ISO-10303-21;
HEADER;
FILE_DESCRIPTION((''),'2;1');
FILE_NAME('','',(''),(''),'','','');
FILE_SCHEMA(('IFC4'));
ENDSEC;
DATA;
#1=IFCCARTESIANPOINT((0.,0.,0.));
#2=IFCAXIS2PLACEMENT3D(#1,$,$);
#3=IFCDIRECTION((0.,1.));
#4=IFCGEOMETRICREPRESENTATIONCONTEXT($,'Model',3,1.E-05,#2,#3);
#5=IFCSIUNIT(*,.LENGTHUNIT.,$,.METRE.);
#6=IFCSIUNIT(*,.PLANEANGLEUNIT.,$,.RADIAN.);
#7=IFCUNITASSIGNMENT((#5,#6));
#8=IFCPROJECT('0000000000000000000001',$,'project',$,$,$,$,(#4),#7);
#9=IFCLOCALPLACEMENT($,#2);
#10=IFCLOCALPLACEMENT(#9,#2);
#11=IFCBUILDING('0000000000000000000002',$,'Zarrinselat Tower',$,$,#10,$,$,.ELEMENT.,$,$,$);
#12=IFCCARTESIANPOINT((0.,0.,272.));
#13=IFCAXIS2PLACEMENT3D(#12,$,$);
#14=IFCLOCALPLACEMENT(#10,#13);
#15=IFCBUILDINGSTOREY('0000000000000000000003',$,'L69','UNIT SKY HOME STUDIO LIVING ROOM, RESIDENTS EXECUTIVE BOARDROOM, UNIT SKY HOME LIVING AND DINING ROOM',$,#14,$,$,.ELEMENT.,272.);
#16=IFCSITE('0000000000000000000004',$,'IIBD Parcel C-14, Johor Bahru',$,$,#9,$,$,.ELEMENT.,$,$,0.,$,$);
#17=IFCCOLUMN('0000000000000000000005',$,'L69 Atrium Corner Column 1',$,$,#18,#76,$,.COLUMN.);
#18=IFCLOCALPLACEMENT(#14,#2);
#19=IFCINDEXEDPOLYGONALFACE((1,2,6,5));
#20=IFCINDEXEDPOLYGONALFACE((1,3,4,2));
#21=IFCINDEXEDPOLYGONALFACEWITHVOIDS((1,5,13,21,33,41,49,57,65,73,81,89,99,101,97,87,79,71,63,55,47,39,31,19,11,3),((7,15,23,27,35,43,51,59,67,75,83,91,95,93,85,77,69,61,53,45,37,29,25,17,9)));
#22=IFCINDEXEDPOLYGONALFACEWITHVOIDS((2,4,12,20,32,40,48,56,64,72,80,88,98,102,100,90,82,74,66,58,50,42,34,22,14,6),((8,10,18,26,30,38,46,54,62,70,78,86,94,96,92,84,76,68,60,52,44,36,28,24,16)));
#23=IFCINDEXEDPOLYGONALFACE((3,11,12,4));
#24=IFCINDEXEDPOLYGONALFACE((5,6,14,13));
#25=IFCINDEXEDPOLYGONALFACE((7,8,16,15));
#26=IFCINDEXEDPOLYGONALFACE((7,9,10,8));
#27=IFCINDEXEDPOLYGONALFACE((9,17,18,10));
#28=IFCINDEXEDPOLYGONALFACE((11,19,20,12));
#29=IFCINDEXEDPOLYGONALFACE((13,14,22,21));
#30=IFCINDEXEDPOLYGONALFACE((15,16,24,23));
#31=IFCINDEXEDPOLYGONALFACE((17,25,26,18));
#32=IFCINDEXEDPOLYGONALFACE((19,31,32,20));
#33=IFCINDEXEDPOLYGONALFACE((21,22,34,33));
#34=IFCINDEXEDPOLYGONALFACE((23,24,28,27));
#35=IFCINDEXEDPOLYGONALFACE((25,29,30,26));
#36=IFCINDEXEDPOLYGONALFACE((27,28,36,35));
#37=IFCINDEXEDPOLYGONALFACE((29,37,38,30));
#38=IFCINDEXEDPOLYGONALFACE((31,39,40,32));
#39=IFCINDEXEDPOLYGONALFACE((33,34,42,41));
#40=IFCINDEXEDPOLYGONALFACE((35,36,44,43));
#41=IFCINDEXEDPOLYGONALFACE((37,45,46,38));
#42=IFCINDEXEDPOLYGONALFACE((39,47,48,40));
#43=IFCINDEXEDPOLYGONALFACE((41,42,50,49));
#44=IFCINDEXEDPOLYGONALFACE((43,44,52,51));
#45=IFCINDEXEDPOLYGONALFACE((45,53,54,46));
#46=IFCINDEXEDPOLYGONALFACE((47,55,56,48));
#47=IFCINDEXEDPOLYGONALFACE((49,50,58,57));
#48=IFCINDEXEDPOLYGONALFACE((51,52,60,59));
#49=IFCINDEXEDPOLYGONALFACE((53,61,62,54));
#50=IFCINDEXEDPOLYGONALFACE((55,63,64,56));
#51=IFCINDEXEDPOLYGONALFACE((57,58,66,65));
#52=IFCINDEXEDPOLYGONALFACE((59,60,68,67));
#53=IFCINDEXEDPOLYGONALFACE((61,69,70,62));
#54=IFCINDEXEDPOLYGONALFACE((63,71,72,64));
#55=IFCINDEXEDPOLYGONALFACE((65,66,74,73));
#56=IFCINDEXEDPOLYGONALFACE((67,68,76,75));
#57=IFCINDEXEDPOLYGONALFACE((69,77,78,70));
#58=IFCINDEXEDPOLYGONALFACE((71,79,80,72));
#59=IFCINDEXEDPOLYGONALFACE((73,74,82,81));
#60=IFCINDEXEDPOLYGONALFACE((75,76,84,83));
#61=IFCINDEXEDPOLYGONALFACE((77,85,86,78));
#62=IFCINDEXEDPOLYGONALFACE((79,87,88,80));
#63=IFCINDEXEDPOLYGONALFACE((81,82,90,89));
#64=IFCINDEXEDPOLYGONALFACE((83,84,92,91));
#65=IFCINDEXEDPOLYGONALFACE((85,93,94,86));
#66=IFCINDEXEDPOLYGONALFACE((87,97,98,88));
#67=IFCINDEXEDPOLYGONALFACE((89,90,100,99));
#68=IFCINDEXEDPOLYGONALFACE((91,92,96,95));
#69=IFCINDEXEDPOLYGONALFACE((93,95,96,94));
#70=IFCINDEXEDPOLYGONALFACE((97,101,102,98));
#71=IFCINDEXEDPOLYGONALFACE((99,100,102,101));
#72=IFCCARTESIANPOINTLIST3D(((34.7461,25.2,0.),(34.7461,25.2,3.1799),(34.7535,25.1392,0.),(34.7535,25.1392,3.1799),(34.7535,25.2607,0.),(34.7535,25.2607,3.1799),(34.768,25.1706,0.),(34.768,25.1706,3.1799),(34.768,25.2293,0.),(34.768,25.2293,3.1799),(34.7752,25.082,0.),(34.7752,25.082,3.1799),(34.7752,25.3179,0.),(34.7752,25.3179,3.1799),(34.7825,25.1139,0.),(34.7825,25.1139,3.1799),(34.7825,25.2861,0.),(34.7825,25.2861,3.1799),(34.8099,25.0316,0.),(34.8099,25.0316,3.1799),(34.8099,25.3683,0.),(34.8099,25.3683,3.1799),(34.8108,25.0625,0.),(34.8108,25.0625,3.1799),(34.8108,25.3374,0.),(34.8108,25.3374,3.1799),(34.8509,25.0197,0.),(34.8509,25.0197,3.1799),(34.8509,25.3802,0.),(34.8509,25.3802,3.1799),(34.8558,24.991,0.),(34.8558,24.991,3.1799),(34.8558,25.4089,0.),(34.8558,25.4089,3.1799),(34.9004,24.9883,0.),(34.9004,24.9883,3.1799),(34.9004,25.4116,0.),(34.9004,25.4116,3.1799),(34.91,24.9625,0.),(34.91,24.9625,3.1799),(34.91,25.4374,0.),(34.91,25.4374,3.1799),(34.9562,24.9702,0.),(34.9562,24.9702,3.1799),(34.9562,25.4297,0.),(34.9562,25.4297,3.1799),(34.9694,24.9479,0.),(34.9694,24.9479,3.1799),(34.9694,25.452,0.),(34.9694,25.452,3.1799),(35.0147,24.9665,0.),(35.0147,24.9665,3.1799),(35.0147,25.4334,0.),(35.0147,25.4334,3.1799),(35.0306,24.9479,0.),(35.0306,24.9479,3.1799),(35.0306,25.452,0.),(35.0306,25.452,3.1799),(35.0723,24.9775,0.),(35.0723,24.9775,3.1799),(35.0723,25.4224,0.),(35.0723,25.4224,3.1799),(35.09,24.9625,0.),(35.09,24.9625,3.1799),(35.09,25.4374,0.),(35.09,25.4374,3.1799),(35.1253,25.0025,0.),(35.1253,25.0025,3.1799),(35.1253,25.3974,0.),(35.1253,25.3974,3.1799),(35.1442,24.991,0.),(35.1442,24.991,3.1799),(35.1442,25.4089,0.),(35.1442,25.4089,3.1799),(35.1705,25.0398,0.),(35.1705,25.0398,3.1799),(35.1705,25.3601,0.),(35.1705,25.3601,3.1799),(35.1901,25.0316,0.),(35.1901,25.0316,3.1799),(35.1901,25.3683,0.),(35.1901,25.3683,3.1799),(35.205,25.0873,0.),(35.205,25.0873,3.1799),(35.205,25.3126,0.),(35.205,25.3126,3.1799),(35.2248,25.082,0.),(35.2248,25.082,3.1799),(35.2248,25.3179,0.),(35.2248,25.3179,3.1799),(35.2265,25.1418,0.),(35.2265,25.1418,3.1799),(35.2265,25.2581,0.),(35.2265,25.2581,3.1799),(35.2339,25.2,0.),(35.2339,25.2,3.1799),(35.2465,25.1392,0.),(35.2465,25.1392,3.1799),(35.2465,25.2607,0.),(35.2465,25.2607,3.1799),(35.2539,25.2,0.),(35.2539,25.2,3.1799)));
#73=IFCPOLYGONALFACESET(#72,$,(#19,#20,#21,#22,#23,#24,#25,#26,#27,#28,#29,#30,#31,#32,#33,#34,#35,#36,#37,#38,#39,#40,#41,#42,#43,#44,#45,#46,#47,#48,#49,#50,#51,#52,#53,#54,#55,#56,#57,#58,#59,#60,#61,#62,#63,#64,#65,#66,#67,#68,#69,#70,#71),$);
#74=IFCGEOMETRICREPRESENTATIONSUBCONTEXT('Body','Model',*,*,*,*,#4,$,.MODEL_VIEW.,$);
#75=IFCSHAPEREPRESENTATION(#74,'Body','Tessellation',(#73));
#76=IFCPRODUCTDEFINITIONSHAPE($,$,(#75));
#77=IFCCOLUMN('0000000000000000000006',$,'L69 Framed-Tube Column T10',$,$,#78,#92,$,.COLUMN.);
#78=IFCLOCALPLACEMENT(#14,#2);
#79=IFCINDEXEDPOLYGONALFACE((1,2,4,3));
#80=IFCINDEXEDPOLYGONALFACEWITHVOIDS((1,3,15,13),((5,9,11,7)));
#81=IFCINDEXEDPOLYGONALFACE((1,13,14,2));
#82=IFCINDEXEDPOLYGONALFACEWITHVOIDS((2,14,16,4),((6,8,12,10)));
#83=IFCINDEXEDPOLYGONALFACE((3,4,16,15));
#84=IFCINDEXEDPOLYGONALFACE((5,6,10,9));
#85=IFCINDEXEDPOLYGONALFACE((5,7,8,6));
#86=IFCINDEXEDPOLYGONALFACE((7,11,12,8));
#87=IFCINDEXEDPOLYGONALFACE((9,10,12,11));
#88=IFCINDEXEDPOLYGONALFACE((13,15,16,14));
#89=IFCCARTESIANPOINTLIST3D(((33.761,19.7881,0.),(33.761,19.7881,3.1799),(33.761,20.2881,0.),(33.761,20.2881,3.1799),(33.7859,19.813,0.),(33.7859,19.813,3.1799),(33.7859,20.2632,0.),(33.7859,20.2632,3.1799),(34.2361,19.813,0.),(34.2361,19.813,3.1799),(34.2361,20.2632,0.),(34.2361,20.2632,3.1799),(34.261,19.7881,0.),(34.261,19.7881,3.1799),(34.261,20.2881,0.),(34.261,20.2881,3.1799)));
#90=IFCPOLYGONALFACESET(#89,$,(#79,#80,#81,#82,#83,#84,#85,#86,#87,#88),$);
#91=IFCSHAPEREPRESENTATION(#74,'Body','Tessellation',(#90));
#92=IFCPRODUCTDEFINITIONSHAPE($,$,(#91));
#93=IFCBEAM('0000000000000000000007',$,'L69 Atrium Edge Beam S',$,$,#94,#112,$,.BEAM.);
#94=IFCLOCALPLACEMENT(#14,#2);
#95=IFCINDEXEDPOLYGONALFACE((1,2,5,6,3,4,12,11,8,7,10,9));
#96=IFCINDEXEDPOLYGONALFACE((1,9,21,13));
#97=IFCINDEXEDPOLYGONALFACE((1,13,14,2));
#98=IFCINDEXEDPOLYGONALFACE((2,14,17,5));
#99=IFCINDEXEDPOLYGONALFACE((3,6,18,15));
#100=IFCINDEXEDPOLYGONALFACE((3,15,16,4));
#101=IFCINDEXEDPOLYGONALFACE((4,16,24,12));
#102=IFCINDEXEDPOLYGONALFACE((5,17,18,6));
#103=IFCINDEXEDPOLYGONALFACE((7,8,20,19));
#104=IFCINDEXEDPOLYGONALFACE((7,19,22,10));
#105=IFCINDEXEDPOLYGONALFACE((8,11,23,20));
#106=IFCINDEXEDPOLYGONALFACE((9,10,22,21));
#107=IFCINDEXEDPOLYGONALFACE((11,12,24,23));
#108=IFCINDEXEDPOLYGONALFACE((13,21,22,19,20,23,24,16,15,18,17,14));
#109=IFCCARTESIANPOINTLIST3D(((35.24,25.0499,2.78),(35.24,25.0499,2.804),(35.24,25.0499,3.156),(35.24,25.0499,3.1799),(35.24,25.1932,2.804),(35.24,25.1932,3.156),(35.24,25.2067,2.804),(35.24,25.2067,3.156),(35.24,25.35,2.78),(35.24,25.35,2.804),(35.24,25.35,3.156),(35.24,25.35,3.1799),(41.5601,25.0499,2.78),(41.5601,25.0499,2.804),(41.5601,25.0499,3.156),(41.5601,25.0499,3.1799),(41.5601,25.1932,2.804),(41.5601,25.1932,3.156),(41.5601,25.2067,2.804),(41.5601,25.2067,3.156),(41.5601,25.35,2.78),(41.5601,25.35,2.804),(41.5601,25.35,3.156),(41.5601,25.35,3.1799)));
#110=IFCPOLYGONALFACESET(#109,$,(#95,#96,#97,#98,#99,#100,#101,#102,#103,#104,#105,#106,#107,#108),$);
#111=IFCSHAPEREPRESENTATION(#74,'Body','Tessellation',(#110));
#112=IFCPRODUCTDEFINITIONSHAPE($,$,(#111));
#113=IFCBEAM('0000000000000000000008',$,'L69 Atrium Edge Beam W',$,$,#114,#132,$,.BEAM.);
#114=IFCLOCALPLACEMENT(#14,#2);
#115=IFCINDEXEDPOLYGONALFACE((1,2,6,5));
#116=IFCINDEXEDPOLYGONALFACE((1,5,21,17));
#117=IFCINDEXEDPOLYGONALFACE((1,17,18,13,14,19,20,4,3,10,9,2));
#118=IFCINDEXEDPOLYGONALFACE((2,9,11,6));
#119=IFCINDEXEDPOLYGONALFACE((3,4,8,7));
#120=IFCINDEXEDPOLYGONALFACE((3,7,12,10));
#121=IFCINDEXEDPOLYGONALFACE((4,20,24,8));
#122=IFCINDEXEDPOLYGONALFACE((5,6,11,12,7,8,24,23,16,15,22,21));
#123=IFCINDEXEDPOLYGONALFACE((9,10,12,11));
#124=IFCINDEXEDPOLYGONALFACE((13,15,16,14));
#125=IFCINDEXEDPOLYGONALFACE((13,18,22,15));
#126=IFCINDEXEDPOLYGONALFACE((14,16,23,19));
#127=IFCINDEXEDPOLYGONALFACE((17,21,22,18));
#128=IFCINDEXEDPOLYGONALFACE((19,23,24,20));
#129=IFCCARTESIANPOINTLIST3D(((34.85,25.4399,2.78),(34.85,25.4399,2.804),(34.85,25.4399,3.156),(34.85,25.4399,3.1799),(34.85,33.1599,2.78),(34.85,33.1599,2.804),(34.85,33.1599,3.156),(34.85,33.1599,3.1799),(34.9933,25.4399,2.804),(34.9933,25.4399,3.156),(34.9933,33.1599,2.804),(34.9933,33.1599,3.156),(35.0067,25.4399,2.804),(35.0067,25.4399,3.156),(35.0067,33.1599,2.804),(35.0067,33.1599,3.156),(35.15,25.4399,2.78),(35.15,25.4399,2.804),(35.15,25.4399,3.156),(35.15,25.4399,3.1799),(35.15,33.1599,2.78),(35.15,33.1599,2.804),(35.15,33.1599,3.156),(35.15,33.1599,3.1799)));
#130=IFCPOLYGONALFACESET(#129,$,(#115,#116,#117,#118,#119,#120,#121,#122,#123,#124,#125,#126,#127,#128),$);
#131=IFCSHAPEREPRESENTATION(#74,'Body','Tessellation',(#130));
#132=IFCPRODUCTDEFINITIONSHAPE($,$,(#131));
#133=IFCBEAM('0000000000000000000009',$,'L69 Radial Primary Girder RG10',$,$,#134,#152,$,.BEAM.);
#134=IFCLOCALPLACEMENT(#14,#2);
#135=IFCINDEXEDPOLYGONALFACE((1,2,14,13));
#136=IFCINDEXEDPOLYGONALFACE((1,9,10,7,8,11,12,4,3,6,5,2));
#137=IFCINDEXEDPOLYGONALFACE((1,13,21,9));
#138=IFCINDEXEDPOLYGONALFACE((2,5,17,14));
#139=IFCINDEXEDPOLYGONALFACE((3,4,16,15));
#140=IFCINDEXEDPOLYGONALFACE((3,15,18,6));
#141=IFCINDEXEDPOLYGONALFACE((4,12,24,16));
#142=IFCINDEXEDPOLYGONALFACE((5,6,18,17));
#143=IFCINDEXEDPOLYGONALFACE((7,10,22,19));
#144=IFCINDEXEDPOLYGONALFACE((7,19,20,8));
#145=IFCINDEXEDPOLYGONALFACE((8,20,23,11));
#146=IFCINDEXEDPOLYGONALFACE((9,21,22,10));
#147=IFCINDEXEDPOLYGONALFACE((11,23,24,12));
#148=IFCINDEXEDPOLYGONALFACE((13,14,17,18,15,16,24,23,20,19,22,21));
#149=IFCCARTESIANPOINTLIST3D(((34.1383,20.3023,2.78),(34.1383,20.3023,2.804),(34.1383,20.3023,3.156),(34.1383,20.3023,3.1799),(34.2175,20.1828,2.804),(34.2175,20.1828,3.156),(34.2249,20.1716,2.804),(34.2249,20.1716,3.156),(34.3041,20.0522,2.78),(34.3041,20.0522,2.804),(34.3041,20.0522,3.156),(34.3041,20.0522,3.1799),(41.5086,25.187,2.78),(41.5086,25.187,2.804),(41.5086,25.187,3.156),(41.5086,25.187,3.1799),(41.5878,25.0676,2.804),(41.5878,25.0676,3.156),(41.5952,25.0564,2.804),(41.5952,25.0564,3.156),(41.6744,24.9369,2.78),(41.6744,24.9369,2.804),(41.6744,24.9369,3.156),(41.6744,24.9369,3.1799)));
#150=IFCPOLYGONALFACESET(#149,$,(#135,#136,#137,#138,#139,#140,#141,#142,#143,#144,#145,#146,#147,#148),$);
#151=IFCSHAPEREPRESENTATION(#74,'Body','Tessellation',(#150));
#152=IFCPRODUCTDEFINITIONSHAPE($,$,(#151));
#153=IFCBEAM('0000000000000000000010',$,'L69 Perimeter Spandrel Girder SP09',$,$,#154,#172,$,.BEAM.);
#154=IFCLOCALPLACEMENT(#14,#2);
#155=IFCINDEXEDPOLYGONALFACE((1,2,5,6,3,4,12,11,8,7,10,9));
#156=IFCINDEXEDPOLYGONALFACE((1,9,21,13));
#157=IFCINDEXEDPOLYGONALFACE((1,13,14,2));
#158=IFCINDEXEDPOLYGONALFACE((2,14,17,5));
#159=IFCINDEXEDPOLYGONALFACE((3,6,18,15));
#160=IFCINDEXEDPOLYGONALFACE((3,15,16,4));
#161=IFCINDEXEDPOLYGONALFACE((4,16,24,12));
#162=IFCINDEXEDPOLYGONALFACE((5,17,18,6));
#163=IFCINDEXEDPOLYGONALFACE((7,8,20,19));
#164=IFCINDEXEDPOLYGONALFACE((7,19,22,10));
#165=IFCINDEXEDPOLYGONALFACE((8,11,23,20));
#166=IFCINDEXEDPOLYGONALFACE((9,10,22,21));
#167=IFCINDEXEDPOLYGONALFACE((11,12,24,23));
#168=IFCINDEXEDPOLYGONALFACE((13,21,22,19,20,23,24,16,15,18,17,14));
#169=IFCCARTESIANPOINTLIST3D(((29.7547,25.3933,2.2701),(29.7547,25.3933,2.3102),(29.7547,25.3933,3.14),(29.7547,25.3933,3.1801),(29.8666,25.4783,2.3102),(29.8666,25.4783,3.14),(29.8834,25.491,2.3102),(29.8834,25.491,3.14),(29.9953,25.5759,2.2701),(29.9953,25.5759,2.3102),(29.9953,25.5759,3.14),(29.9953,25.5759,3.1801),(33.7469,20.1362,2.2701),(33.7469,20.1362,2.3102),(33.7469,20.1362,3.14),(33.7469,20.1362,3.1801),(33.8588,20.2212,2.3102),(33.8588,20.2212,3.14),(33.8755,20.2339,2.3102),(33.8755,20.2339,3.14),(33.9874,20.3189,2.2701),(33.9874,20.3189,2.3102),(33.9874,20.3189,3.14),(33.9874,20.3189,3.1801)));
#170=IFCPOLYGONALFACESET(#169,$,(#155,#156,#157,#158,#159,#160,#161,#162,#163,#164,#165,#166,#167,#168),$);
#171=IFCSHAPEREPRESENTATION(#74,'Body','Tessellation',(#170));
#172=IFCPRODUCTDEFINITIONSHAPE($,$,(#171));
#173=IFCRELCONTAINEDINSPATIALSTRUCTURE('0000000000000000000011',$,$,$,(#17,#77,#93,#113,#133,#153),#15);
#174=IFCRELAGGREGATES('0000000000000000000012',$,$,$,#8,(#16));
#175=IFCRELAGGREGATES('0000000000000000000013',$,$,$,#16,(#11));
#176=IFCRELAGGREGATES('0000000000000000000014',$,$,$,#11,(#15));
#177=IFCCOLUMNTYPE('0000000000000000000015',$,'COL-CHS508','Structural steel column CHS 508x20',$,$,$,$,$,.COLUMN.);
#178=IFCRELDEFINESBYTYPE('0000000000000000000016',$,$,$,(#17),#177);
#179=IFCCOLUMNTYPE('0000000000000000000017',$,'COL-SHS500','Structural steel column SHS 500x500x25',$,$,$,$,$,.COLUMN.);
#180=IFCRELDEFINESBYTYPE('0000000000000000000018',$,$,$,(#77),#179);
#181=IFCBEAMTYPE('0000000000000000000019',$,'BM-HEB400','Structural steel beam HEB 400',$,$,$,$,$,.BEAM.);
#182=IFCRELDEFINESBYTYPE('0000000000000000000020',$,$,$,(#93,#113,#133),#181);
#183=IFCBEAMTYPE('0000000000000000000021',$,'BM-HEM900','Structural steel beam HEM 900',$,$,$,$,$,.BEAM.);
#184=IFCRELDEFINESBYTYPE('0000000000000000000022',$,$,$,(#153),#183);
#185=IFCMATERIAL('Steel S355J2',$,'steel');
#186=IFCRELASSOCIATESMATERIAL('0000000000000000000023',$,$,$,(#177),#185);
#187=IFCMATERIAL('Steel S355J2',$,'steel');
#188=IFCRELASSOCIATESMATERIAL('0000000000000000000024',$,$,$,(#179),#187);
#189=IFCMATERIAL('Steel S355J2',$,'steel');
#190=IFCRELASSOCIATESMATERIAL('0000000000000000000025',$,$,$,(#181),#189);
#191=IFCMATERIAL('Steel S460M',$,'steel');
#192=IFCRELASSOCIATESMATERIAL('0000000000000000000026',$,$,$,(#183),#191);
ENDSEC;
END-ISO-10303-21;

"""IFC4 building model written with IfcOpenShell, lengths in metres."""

from ifc_helpers import new_model, si_unit, direction, frame, origin, origin_2d, place, context, subcontext, project, spatial, hollow_rectangle, hollow_circle, i_section, extrude, material, material_profile, profile_set, type_object, element, save


model = new_model("IFC4")

# Units and contexts
model_context = context("Model", 3, precision=1e-05, world=origin(), true_north=direction((0.0, 1.0)))
body_context = subcontext(model_context, "Body", "Model", "MODEL_VIEW")
ifc_project = project(units=[si_unit("LENGTHUNIT", "METRE"), si_unit("PLANEANGLEUNIT", "RADIAN")], contexts=[model_context])

# Site, building, storey
site_placement = place(None, origin())
site = spatial("IfcSite", under=ifc_project, at=site_placement, Name="IIBD Parcel C-14, Johor Bahru", CompositionType="ELEMENT", RefElevation=0.0)
building_placement = place(site_placement, origin())
building = spatial("IfcBuilding", under=site, at=building_placement, Name="Zarrinselat Tower", CompositionType="ELEMENT")
storey_placement = place(building_placement, frame((0.0, 0.0, 272.0)))
storey = spatial("IfcBuildingStorey", under=building, at=storey_placement, Name="L69", Description="UNIT SKY HOME STUDIO LIVING ROOM, RESIDENTS EXECUTIVE BOARDROOM, UNIT SKY HOME LIVING AND DINING ROOM", CompositionType="ELEMENT", Elevation=272.0)

# Columns
ifc_material_1 = material(Name="Steel S355J2", Category="steel")
ifc_material_profile_1 = material_profile(ifc_material_1, hollow_circle(Radius=0.2539, WallThickness=0.02, at=origin_2d()), Name="CHS 508x20")
ifc_profile_set_1 = profile_set([ifc_material_profile_1], Name="Steel S355J2")
column_type_1 = type_object("IfcColumnType", Name="COL-CHS508", Description="Structural steel column CHS 508x20", PredefinedType="COLUMN", material=ifc_profile_set_1)
column_1_placement = place(storey_placement, frame((35.0, 25.2, 0.0), z_axis=(0.0, 0.0, 1.0), x_axis=(1.0, 0.0, 0.0)))
element("IfcColumn", 1, at=column_1_placement, inside=storey, type_object=column_type_1, Name="L69 Atrium Corner Column 1", PredefinedType="COLUMN", context=body_context, shape_type="SweptSolid", body=[
    extrude(hollow_circle(Radius=0.2539, WallThickness=0.02, at=origin_2d()), origin(), (0.0, 0.0, 1.0), 3.1799),
])
ifc_material_2 = material(Name="Steel S355J2", Category="steel")
ifc_material_profile_2 = material_profile(ifc_material_2, hollow_rectangle(XDim=0.5, YDim=0.5, WallThickness=0.0249, at=origin_2d()), Name="SHS 500x500x25")
ifc_profile_set_2 = profile_set([ifc_material_profile_2], Name="Steel S355J2")
column_type_2 = type_object("IfcColumnType", Name="COL-SHS500", Description="Structural steel column SHS 500x500x25", PredefinedType="COLUMN", material=ifc_profile_set_2)
column_2_placement = place(storey_placement, frame((34.011, 20.0381, 0.0), z_axis=(0.0, 0.0, 1.0), x_axis=(1.0, 0.0, 0.0)))
element("IfcColumn", 2, at=column_2_placement, inside=storey, type_object=column_type_2, Name="L69 Framed-Tube Column T10", PredefinedType="COLUMN", context=body_context, shape_type="SweptSolid", body=[
    extrude(hollow_rectangle(XDim=0.5, YDim=0.5, WallThickness=0.0249, at=origin_2d()), origin(), (0.0, 0.0, 1.0), 3.1799),
])

# Beams
ifc_material_3 = material(Name="Steel S355J2", Category="steel")
ifc_material_profile_3 = material_profile(ifc_material_3, i_section(OverallWidth=0.3, OverallDepth=0.3999, WebThickness=0.0134, FlangeThickness=0.0239, at=origin_2d()), Name="HEB 400")
ifc_profile_set_3 = profile_set([ifc_material_profile_3], Name="Steel S355J2")
beam_type_1 = type_object("IfcBeamType", Name="BM-HEB400", Description="Structural steel beam HEB 400", PredefinedType="BEAM", material=ifc_profile_set_3)
beam_1_placement = place(storey_placement, frame((35.24, 25.2, 2.98), z_axis=(1.0, 0.0, 0.0), x_axis=(0.0, 1.0, 0.0)))
element("IfcBeam", 3, at=beam_1_placement, inside=storey, type_object=beam_type_1, Name="L69 Atrium Edge Beam S", PredefinedType="BEAM", context=body_context, shape_type="SweptSolid", body=[
    extrude(i_section(OverallWidth=0.3, OverallDepth=0.3999, WebThickness=0.0134, FlangeThickness=0.0239, at=origin_2d()), origin(), (0.0, 0.0, 1.0), 6.3201),
])
beam_2_placement = place(storey_placement, frame((35.0, 25.4399, 2.98), z_axis=(0.0, 1.0, 0.0), x_axis=(-1.0, 0.0, 0.0)))
element("IfcBeam", 4, at=beam_2_placement, inside=storey, type_object=beam_type_1, Name="L69 Atrium Edge Beam W", PredefinedType="BEAM", context=body_context, shape_type="SweptSolid", body=[
    extrude(i_section(OverallWidth=0.3, OverallDepth=0.3999, WebThickness=0.0134, FlangeThickness=0.0239, at=origin_2d()), origin(), (0.0, 0.0, 1.0), 7.72),
])
beam_3_placement = place(storey_placement, frame((34.2212, 20.1772, 2.98), z_axis=(0.833551, 0.552443, 0.0), x_axis=(-0.552443, 0.833551, 0.0)))
element("IfcBeam", 5, at=beam_3_placement, inside=storey, type_object=beam_type_1, Name="L69 Radial Primary Girder RG10", PredefinedType="BEAM", context=body_context, shape_type="SweptSolid", body=[
    extrude(i_section(OverallWidth=0.3, OverallDepth=0.3999, WebThickness=0.0134, FlangeThickness=0.0239, at=origin_2d()), origin(), (0.0, 0.0, 1.0), 8.842),
])
ifc_material_4 = material(Name="Steel S460M", Category="steel")
ifc_material_profile_4 = material_profile(ifc_material_4, i_section(OverallWidth=0.302, OverallDepth=0.9099, WebThickness=0.021, FlangeThickness=0.04, at=origin_2d()), Name="HEM 900")
ifc_profile_set_4 = profile_set([ifc_material_profile_4], Name="Steel S460M")
beam_type_2 = type_object("IfcBeamType", Name="BM-HEM900", Description="Structural steel beam HEM 900", PredefinedType="BEAM", material=ifc_profile_set_4)
beam_4_placement = place(storey_placement, frame((29.875, 25.4846, 2.7251), z_axis=(0.604777, -0.796395, 0.0), x_axis=(0.796395, 0.604777, 0.0)))
element("IfcBeam", 6, at=beam_4_placement, inside=storey, type_object=beam_type_2, Name="L69 Perimeter Spandrel Girder SP09", PredefinedType="BEAM", context=body_context, shape_type="SweptSolid", body=[
    extrude(i_section(OverallWidth=0.302, OverallDepth=0.9099, WebThickness=0.021, FlangeThickness=0.04, at=origin_2d()), origin(), (0.0, 0.0, 1.0), 6.6011),
])

save(model, "model.ifc")
